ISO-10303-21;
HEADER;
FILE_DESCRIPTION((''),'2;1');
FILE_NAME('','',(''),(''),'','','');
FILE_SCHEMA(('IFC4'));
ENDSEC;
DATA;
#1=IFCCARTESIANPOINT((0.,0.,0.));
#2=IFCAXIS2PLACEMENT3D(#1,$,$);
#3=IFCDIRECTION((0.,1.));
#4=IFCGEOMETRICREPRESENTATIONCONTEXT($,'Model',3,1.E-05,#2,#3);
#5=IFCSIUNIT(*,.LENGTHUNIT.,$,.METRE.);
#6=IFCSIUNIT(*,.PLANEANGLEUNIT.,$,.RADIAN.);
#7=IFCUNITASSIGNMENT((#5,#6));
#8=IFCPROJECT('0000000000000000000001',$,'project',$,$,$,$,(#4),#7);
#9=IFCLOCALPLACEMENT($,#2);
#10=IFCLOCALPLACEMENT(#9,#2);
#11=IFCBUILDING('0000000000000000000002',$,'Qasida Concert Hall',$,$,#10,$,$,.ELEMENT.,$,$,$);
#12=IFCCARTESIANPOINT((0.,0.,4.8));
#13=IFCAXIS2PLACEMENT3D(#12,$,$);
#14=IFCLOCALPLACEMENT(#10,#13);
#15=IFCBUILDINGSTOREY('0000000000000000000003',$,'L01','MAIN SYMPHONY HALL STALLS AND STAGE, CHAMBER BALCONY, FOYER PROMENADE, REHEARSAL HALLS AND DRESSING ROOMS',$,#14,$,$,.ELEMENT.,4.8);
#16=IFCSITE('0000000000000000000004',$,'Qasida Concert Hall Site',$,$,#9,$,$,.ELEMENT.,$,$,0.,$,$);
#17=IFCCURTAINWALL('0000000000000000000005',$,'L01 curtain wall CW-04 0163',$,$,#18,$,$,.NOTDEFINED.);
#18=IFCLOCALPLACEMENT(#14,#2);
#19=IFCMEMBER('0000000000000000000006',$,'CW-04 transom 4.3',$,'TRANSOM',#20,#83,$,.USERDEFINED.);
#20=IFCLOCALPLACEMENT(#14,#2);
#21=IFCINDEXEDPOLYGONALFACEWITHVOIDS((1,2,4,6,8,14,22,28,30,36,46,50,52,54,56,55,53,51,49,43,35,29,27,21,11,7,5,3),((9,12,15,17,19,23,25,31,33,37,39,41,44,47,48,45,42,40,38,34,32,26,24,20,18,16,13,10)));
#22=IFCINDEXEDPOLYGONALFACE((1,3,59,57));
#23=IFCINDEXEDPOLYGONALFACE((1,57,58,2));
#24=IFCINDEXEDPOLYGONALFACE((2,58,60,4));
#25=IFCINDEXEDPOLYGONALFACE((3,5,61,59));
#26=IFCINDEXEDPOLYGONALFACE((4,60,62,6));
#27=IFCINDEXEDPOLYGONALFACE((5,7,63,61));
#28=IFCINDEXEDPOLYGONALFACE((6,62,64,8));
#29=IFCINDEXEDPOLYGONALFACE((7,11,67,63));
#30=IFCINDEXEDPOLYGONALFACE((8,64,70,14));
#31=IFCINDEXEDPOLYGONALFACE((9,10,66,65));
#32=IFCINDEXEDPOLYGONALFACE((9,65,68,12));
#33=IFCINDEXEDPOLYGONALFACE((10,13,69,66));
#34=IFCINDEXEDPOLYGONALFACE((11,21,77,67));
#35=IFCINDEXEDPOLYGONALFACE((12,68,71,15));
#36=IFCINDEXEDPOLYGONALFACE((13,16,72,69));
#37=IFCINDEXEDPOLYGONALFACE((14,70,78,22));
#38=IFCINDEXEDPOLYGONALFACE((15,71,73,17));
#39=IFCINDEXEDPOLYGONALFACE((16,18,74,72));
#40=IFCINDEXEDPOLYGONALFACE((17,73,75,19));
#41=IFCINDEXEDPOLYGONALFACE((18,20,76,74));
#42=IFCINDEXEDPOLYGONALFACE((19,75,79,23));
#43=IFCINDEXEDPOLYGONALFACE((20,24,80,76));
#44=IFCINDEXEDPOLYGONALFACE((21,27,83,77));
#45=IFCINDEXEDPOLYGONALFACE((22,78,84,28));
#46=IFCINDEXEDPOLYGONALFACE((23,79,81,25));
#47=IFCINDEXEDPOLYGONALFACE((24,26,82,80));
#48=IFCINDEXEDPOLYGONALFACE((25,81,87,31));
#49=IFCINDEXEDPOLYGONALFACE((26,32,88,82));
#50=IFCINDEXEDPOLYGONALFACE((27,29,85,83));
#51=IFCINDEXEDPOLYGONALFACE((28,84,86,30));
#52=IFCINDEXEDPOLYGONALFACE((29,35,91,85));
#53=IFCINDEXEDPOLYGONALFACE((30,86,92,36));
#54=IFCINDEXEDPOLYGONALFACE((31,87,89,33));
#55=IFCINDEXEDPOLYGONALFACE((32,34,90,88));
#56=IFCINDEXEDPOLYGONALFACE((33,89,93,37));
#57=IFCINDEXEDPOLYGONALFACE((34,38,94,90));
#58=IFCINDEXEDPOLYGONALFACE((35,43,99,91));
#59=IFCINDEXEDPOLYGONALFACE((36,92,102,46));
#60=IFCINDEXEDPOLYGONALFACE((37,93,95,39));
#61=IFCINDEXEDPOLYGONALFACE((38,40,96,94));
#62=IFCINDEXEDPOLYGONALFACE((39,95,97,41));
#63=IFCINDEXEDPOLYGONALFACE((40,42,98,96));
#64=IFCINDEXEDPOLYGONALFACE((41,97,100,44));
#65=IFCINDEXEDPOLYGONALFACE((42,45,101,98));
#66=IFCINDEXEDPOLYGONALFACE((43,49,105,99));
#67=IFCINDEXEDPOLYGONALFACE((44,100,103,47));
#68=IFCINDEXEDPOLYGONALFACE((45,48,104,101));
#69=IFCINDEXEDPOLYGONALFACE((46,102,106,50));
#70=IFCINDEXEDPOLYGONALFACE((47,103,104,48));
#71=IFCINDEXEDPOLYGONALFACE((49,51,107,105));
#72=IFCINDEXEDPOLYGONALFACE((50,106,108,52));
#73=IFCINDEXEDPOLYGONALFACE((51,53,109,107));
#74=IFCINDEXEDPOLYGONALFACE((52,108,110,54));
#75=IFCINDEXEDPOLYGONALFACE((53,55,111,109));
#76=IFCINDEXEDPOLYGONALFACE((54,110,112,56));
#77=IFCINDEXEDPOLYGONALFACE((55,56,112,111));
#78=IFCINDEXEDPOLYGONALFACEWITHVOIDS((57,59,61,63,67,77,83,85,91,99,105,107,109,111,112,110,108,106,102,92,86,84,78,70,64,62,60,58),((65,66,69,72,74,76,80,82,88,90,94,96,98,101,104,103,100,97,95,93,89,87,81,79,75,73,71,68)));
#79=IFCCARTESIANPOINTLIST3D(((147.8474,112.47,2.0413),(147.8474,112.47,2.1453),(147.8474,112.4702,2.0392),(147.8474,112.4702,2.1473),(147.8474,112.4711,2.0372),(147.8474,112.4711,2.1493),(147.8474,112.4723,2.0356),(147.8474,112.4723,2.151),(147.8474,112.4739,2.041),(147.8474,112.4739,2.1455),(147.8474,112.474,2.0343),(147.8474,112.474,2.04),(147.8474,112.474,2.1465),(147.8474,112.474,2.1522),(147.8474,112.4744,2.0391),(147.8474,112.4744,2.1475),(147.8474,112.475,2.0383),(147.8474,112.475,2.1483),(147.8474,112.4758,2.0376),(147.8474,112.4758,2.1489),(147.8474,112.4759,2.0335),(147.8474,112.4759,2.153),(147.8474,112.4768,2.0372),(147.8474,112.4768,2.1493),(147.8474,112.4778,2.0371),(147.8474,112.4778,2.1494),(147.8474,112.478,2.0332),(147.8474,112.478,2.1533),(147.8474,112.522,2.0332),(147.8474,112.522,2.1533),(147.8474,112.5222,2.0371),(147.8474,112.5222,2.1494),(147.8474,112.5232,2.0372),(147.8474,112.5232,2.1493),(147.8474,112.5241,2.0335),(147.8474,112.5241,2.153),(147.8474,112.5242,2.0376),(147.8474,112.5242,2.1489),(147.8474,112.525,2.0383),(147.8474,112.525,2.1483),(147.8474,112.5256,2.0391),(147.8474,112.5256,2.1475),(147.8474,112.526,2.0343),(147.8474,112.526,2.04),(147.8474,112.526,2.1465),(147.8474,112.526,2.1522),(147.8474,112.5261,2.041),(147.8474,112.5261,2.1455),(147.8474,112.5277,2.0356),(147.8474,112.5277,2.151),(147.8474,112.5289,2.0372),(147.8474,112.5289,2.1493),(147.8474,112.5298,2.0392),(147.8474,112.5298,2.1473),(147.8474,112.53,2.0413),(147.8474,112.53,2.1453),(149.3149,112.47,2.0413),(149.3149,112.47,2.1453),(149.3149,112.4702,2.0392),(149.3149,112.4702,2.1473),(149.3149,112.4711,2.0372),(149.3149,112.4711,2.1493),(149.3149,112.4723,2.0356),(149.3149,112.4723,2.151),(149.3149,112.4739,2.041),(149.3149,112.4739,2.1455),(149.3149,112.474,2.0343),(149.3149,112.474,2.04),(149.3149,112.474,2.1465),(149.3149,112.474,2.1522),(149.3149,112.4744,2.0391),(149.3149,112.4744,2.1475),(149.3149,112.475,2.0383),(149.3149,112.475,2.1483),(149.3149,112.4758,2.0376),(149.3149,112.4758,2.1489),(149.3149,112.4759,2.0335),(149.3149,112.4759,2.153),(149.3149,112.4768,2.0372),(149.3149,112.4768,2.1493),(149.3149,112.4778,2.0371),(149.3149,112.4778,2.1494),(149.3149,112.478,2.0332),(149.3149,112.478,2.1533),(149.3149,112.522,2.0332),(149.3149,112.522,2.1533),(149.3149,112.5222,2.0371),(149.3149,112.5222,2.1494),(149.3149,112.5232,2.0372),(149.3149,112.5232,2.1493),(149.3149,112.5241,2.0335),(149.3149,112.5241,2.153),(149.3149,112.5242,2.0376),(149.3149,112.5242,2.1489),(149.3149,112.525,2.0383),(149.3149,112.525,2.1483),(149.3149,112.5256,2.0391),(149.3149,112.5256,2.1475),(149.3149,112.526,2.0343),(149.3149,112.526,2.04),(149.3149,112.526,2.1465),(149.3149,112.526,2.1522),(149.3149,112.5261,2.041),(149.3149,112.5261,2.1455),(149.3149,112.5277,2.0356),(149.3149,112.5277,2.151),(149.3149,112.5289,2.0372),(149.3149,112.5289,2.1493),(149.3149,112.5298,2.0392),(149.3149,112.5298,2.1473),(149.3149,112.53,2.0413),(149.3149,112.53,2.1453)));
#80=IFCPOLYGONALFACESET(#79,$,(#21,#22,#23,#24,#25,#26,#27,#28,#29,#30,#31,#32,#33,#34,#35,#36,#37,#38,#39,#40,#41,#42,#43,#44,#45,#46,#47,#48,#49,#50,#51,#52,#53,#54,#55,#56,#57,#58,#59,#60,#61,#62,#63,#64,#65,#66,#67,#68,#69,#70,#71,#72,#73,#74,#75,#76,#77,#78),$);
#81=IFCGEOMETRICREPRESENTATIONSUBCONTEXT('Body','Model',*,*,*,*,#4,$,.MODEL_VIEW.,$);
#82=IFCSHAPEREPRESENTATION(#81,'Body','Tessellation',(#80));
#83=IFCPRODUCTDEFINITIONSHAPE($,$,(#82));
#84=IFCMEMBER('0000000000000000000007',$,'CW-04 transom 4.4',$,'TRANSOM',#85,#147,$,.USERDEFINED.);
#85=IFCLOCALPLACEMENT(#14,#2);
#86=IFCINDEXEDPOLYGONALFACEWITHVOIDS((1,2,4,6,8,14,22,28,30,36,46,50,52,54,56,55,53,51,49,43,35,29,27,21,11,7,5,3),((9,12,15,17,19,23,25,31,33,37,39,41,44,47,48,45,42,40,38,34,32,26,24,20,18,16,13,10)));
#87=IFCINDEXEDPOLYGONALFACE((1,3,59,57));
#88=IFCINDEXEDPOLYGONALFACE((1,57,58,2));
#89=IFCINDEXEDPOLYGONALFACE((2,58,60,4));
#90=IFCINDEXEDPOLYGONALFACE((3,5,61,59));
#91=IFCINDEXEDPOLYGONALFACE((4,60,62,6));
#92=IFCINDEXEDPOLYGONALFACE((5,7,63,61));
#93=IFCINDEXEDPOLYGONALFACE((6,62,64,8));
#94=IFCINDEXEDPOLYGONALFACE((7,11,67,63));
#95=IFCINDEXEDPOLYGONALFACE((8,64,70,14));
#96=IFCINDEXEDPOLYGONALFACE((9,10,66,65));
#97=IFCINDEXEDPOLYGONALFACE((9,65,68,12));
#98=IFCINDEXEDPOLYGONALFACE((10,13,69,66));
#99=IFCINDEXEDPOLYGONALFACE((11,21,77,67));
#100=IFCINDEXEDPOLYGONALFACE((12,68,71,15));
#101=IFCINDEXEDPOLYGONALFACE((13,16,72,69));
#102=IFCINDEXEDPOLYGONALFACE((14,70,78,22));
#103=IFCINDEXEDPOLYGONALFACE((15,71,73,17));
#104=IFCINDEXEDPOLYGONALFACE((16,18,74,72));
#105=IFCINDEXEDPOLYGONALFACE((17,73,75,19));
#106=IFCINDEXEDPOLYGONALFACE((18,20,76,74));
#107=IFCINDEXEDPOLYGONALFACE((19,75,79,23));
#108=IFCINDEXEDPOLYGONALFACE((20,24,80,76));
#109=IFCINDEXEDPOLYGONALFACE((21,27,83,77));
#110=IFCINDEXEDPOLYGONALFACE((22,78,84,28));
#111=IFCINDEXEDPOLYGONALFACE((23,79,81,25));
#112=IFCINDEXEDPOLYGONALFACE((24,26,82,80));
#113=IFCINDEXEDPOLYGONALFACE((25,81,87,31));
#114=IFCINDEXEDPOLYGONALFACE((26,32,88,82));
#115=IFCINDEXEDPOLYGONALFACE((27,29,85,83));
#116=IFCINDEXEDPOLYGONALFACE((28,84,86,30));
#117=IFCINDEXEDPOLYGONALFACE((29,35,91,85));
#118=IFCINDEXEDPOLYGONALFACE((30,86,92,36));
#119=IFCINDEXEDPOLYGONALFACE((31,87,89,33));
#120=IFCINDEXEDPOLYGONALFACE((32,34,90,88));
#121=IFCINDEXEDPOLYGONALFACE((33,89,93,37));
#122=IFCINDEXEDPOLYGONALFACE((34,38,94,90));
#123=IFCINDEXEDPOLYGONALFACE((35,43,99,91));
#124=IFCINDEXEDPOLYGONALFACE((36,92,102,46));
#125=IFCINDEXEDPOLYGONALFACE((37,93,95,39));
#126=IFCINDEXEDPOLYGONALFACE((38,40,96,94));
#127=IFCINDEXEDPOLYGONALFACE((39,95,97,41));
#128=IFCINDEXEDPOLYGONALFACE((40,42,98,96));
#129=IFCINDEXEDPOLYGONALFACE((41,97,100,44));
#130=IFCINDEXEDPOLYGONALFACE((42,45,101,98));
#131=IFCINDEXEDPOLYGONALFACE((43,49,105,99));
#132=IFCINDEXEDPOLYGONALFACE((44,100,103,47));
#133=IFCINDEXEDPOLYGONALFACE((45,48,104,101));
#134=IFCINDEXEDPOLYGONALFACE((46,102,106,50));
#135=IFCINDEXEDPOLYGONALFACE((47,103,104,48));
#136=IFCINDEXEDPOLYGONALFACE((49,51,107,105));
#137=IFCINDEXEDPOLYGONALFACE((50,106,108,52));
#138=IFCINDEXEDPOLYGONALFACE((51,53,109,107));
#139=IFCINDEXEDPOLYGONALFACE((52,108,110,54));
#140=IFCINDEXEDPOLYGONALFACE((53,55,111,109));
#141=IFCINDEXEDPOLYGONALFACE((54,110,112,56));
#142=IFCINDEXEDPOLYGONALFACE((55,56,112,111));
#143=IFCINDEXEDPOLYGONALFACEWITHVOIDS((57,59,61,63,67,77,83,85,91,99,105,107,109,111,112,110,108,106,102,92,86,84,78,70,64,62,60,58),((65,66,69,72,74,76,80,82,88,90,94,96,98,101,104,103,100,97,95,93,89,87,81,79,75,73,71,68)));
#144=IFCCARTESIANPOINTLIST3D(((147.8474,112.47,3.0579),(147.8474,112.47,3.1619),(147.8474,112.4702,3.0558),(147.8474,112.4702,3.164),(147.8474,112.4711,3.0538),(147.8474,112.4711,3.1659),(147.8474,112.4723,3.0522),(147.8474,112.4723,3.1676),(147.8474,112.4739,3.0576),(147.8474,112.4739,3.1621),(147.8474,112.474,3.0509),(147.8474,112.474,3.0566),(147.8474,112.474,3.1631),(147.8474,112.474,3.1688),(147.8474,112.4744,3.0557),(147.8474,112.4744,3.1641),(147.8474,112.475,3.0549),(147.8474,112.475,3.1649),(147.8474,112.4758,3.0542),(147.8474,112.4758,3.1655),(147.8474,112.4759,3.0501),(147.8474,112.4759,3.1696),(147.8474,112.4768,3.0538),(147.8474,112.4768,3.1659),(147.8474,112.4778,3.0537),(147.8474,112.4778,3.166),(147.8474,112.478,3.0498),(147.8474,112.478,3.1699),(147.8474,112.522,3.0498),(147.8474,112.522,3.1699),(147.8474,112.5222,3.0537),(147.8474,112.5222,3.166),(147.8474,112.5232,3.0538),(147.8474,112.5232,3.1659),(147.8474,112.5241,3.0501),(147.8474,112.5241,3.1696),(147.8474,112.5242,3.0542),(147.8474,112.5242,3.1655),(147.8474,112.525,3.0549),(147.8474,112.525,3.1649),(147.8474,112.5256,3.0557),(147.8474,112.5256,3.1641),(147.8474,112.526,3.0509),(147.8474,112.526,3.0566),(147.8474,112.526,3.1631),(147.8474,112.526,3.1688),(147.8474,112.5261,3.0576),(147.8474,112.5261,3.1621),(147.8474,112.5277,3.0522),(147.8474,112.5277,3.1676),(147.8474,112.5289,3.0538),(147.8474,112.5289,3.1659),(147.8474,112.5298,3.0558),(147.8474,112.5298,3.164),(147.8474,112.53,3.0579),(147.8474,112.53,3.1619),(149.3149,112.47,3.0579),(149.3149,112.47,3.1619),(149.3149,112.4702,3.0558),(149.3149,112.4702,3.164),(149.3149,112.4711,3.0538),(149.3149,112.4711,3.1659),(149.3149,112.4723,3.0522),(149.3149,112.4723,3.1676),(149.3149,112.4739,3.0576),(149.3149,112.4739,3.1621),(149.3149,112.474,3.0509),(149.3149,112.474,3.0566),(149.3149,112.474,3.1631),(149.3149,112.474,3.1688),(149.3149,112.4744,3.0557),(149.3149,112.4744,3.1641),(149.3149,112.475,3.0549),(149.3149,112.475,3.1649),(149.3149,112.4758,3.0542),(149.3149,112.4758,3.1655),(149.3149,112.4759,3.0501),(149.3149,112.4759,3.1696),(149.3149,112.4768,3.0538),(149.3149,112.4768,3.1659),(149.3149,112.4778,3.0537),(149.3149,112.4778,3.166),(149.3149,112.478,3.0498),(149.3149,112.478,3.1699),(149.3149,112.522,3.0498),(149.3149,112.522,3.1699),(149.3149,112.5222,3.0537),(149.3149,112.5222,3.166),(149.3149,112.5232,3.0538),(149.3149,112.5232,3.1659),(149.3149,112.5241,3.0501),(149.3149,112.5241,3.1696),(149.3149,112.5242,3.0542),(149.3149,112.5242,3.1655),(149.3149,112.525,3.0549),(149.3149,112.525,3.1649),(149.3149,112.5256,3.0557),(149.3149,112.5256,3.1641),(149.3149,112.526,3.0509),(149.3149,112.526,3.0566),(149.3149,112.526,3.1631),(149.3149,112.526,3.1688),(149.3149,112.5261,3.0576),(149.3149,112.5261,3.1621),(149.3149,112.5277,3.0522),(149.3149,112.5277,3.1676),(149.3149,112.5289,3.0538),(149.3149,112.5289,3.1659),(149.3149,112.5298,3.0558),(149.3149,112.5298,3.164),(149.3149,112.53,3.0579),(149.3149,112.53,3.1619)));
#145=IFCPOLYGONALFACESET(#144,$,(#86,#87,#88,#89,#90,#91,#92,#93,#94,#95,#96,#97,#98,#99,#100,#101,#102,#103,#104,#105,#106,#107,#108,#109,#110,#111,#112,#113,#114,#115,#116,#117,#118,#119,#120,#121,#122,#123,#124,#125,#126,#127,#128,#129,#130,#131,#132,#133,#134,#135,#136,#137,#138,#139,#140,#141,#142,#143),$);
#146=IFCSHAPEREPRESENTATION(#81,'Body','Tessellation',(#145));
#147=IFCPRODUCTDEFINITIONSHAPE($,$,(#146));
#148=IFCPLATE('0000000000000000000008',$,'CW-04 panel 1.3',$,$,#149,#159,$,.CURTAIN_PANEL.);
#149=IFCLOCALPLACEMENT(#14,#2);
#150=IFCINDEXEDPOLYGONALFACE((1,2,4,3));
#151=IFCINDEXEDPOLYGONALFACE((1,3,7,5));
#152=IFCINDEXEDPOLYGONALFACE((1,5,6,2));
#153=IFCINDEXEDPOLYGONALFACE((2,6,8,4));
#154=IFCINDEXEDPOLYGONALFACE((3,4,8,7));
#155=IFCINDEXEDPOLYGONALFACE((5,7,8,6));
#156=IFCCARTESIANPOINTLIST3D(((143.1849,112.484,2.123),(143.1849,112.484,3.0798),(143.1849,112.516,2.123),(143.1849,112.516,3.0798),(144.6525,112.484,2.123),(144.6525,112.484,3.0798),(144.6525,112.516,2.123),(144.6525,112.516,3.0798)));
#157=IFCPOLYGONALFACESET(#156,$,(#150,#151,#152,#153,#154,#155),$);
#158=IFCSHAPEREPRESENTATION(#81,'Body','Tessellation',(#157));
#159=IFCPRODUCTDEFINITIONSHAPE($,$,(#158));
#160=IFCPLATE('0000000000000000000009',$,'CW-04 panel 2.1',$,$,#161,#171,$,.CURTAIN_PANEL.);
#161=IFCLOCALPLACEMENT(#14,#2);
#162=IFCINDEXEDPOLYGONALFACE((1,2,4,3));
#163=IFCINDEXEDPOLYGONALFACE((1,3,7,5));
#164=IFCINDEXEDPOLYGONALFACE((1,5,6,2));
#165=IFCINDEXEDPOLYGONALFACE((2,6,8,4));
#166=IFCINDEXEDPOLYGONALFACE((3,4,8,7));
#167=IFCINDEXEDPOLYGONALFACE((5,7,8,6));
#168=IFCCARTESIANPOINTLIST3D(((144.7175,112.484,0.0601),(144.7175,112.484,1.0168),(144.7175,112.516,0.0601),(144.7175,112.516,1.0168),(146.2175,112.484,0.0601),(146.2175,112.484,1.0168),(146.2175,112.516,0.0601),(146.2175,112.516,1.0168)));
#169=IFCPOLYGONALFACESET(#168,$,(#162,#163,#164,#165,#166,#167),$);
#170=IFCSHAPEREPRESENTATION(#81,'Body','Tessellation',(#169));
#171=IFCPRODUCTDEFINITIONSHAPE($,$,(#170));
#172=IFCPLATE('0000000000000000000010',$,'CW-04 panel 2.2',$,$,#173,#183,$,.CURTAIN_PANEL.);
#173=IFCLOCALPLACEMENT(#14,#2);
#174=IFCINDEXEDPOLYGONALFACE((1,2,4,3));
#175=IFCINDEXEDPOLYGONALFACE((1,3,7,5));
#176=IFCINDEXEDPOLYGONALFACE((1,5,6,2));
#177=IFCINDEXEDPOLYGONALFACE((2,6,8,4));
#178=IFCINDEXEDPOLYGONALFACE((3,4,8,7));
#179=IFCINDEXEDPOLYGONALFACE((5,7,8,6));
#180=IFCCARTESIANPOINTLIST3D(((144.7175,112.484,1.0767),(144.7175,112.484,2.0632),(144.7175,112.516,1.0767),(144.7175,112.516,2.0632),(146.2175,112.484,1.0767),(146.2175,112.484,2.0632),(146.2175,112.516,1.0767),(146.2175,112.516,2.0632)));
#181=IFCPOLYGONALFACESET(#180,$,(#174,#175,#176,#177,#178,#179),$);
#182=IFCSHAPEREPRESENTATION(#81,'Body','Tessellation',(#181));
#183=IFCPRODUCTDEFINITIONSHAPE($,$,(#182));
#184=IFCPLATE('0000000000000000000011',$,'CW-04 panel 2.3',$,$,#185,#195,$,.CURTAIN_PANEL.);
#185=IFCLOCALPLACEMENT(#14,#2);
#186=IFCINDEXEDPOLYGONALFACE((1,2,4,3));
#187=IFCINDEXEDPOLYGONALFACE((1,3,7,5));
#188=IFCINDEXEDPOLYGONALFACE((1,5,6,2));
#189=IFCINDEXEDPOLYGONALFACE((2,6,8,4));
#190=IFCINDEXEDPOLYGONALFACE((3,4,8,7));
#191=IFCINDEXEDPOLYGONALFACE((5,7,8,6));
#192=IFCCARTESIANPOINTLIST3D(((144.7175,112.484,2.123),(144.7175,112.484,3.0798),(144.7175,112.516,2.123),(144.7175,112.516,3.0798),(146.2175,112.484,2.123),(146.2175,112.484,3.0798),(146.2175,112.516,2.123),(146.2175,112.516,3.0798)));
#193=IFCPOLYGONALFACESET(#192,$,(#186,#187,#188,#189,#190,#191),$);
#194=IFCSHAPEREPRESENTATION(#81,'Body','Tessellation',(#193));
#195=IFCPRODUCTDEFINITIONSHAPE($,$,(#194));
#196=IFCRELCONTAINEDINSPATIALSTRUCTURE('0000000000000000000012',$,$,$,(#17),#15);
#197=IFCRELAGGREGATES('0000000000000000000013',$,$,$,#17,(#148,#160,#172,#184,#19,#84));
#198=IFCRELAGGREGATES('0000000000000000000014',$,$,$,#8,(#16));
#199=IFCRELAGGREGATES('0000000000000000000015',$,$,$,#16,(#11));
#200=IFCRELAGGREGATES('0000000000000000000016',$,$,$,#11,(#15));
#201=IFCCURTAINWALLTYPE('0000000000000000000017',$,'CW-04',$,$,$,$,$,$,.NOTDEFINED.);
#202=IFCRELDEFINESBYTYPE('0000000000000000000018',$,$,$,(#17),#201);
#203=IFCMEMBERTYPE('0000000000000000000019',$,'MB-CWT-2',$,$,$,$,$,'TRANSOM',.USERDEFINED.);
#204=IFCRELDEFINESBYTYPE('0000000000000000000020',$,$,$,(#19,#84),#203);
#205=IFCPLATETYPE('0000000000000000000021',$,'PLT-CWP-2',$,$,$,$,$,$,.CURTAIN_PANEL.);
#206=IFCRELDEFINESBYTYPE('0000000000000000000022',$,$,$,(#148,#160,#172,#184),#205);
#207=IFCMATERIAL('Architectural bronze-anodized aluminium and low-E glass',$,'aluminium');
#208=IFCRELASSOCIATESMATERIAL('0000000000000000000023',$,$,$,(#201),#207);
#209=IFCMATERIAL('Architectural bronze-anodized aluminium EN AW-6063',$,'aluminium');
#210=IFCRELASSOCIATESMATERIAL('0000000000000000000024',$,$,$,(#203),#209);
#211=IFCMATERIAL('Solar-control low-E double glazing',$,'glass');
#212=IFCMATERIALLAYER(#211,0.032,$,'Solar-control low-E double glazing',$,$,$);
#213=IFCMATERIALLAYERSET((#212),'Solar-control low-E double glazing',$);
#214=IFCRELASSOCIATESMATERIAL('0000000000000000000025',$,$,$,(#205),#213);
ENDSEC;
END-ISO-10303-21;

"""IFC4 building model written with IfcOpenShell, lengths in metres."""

from ifc_helpers import new_model, si_unit, direction, frame, origin, origin_2d, place, context, subcontext, project, spatial, rectangle, hollow_rectangle, extrude, material, layer, layer_set, material_profile, profile_set, type_object, element, aggregate, save


model = new_model("IFC4")

# Units and contexts
model_context = context("Model", 3, precision=1e-05, world=origin(), true_north=direction((0.0, 1.0)))
body_context = subcontext(model_context, "Body", "Model", "MODEL_VIEW")
ifc_project = project(units=[si_unit("LENGTHUNIT", "METRE"), si_unit("PLANEANGLEUNIT", "RADIAN")], contexts=[model_context])

# Site, building, storey
site_placement = place(None, origin())
site = spatial("IfcSite", under=ifc_project, at=site_placement, Name="Qasida Concert Hall Site", CompositionType="ELEMENT", RefElevation=0.0)
building_placement = place(site_placement, origin())
building = spatial("IfcBuilding", under=site, at=building_placement, Name="Qasida Concert Hall", CompositionType="ELEMENT")
storey_placement = place(building_placement, frame((0.0, 0.0, 4.8)))
storey = spatial("IfcBuildingStorey", under=building, at=storey_placement, Name="L01", Description="MAIN SYMPHONY HALL STALLS AND STAGE, CHAMBER BALCONY, FOYER PROMENADE, REHEARSAL HALLS AND DRESSING ROOMS", CompositionType="ELEMENT", Elevation=4.8)

# Curtain wall, members, plates
ifc_material_1 = material(Name="Architectural bronze-anodized aluminium and low-E glass", Category="aluminium")
curtain_wall_type = type_object("IfcCurtainWallType", Name="CW-04", PredefinedType="NOTDEFINED", material=ifc_material_1)
curtain_wall_placement = place(storey_placement, origin())
curtain_wall = element("IfcCurtainWall", 1, at=curtain_wall_placement, inside=storey, type_object=curtain_wall_type, Name="L01 curtain wall CW-04 0163", PredefinedType="NOTDEFINED")
ifc_material_2 = material(Name="Architectural bronze-anodized aluminium EN AW-6063", Category="aluminium")
ifc_material_profile_1 = material_profile(ifc_material_2, hollow_rectangle(XDim=0.0601, YDim=0.1201, WallThickness=0.0039, InnerFilletRadius=0.0039, OuterFilletRadius=0.0081, at=origin_2d()), Name="CWT 120x60x4")
ifc_profile_set_1 = profile_set([ifc_material_profile_1], Name="Architectural bronze-anodized aluminium EN AW-6063")
member_type_1 = type_object("IfcMemberType", Name="MB-CWT-2", ElementType="TRANSOM", PredefinedType="USERDEFINED", material=ifc_profile_set_1)
member_1_placement = place(storey_placement, frame((147.8474, 112.5, 2.0933), z_axis=(1.0, 0.0, 0.0), x_axis=(0.0, 1.0, 0.0)))
member_1 = element("IfcMember", 2, at=member_1_placement, type_object=member_type_1, Name="CW-04 transom 4.3", ObjectType="TRANSOM", PredefinedType="USERDEFINED", context=body_context, shape_type="SweptSolid", body=[
    extrude(hollow_rectangle(XDim=0.0601, YDim=0.1201, WallThickness=0.0039, InnerFilletRadius=0.0039, OuterFilletRadius=0.0081, at=origin_2d()), origin(), (0.0, 0.0, 1.0), 1.4675),
])
member_2_placement = place(storey_placement, frame((147.8474, 112.5, 3.1099), z_axis=(1.0, 0.0, 0.0), x_axis=(0.0, 1.0, 0.0)))
member_2 = element("IfcMember", 3, at=member_2_placement, type_object=member_type_1, Name="CW-04 transom 4.4", ObjectType="TRANSOM", PredefinedType="USERDEFINED", context=body_context, shape_type="SweptSolid", body=[
    extrude(hollow_rectangle(XDim=0.0601, YDim=0.1201, WallThickness=0.0039, InnerFilletRadius=0.0039, OuterFilletRadius=0.0081, at=origin_2d()), origin(), (0.0, 0.0, 1.0), 1.4675),
])
ifc_material_3 = material(Name="Solar-control low-E double glazing", Category="glass")
ifc_layer = layer(ifc_material_3, 0.032, Name="Solar-control low-E double glazing")
ifc_layer_set = layer_set([ifc_layer], Name="Solar-control low-E double glazing")
plate_type = type_object("IfcPlateType", Name="PLT-CWP-2", PredefinedType="CURTAIN_PANEL", material=ifc_layer_set)
plate_1_placement = place(storey_placement, frame((143.9187, 112.5, 2.123), z_axis=(0.0, 0.0, 1.0), x_axis=(1.0, 0.0, 0.0)))
plate_1 = element("IfcPlate", 4, at=plate_1_placement, type_object=plate_type, Name="CW-04 panel 1.3", PredefinedType="CURTAIN_PANEL", context=body_context, shape_type="SweptSolid", body=[
    extrude(rectangle(XDim=1.4675, YDim=0.032, at=origin_2d()), origin(), (0.0, 0.0, 1.0), 0.9568),
])
plate_2_placement = place(storey_placement, frame((145.4675, 112.5, 0.0601), z_axis=(0.0, 0.0, 1.0), x_axis=(1.0, 0.0, 0.0)))
plate_2 = element("IfcPlate", 5, at=plate_2_placement, type_object=plate_type, Name="CW-04 panel 2.1", PredefinedType="CURTAIN_PANEL", context=body_context, shape_type="SweptSolid", body=[
    extrude(rectangle(XDim=1.5, YDim=0.032, at=origin_2d()), origin(), (0.0, 0.0, 1.0), 0.9568),
])
plate_3_placement = place(storey_placement, frame((145.4675, 112.5, 1.0767), z_axis=(0.0, 0.0, 1.0), x_axis=(1.0, 0.0, 0.0)))
plate_3 = element("IfcPlate", 6, at=plate_3_placement, type_object=plate_type, Name="CW-04 panel 2.2", PredefinedType="CURTAIN_PANEL", context=body_context, shape_type="SweptSolid", body=[
    extrude(rectangle(XDim=1.5, YDim=0.032, at=origin_2d()), origin(), (0.0, 0.0, 1.0), 0.9866),
])
plate_4_placement = place(storey_placement, frame((145.4675, 112.5, 2.123), z_axis=(0.0, 0.0, 1.0), x_axis=(1.0, 0.0, 0.0)))
plate_4 = element("IfcPlate", 7, at=plate_4_placement, type_object=plate_type, Name="CW-04 panel 2.3", PredefinedType="CURTAIN_PANEL", context=body_context, shape_type="SweptSolid", body=[
    extrude(rectangle(XDim=1.5, YDim=0.032, at=origin_2d()), origin(), (0.0, 0.0, 1.0), 0.9568),
])
aggregate(curtain_wall, [plate_1, plate_2, plate_3, plate_4, member_1, member_2])

save(model, "model.ifc")
